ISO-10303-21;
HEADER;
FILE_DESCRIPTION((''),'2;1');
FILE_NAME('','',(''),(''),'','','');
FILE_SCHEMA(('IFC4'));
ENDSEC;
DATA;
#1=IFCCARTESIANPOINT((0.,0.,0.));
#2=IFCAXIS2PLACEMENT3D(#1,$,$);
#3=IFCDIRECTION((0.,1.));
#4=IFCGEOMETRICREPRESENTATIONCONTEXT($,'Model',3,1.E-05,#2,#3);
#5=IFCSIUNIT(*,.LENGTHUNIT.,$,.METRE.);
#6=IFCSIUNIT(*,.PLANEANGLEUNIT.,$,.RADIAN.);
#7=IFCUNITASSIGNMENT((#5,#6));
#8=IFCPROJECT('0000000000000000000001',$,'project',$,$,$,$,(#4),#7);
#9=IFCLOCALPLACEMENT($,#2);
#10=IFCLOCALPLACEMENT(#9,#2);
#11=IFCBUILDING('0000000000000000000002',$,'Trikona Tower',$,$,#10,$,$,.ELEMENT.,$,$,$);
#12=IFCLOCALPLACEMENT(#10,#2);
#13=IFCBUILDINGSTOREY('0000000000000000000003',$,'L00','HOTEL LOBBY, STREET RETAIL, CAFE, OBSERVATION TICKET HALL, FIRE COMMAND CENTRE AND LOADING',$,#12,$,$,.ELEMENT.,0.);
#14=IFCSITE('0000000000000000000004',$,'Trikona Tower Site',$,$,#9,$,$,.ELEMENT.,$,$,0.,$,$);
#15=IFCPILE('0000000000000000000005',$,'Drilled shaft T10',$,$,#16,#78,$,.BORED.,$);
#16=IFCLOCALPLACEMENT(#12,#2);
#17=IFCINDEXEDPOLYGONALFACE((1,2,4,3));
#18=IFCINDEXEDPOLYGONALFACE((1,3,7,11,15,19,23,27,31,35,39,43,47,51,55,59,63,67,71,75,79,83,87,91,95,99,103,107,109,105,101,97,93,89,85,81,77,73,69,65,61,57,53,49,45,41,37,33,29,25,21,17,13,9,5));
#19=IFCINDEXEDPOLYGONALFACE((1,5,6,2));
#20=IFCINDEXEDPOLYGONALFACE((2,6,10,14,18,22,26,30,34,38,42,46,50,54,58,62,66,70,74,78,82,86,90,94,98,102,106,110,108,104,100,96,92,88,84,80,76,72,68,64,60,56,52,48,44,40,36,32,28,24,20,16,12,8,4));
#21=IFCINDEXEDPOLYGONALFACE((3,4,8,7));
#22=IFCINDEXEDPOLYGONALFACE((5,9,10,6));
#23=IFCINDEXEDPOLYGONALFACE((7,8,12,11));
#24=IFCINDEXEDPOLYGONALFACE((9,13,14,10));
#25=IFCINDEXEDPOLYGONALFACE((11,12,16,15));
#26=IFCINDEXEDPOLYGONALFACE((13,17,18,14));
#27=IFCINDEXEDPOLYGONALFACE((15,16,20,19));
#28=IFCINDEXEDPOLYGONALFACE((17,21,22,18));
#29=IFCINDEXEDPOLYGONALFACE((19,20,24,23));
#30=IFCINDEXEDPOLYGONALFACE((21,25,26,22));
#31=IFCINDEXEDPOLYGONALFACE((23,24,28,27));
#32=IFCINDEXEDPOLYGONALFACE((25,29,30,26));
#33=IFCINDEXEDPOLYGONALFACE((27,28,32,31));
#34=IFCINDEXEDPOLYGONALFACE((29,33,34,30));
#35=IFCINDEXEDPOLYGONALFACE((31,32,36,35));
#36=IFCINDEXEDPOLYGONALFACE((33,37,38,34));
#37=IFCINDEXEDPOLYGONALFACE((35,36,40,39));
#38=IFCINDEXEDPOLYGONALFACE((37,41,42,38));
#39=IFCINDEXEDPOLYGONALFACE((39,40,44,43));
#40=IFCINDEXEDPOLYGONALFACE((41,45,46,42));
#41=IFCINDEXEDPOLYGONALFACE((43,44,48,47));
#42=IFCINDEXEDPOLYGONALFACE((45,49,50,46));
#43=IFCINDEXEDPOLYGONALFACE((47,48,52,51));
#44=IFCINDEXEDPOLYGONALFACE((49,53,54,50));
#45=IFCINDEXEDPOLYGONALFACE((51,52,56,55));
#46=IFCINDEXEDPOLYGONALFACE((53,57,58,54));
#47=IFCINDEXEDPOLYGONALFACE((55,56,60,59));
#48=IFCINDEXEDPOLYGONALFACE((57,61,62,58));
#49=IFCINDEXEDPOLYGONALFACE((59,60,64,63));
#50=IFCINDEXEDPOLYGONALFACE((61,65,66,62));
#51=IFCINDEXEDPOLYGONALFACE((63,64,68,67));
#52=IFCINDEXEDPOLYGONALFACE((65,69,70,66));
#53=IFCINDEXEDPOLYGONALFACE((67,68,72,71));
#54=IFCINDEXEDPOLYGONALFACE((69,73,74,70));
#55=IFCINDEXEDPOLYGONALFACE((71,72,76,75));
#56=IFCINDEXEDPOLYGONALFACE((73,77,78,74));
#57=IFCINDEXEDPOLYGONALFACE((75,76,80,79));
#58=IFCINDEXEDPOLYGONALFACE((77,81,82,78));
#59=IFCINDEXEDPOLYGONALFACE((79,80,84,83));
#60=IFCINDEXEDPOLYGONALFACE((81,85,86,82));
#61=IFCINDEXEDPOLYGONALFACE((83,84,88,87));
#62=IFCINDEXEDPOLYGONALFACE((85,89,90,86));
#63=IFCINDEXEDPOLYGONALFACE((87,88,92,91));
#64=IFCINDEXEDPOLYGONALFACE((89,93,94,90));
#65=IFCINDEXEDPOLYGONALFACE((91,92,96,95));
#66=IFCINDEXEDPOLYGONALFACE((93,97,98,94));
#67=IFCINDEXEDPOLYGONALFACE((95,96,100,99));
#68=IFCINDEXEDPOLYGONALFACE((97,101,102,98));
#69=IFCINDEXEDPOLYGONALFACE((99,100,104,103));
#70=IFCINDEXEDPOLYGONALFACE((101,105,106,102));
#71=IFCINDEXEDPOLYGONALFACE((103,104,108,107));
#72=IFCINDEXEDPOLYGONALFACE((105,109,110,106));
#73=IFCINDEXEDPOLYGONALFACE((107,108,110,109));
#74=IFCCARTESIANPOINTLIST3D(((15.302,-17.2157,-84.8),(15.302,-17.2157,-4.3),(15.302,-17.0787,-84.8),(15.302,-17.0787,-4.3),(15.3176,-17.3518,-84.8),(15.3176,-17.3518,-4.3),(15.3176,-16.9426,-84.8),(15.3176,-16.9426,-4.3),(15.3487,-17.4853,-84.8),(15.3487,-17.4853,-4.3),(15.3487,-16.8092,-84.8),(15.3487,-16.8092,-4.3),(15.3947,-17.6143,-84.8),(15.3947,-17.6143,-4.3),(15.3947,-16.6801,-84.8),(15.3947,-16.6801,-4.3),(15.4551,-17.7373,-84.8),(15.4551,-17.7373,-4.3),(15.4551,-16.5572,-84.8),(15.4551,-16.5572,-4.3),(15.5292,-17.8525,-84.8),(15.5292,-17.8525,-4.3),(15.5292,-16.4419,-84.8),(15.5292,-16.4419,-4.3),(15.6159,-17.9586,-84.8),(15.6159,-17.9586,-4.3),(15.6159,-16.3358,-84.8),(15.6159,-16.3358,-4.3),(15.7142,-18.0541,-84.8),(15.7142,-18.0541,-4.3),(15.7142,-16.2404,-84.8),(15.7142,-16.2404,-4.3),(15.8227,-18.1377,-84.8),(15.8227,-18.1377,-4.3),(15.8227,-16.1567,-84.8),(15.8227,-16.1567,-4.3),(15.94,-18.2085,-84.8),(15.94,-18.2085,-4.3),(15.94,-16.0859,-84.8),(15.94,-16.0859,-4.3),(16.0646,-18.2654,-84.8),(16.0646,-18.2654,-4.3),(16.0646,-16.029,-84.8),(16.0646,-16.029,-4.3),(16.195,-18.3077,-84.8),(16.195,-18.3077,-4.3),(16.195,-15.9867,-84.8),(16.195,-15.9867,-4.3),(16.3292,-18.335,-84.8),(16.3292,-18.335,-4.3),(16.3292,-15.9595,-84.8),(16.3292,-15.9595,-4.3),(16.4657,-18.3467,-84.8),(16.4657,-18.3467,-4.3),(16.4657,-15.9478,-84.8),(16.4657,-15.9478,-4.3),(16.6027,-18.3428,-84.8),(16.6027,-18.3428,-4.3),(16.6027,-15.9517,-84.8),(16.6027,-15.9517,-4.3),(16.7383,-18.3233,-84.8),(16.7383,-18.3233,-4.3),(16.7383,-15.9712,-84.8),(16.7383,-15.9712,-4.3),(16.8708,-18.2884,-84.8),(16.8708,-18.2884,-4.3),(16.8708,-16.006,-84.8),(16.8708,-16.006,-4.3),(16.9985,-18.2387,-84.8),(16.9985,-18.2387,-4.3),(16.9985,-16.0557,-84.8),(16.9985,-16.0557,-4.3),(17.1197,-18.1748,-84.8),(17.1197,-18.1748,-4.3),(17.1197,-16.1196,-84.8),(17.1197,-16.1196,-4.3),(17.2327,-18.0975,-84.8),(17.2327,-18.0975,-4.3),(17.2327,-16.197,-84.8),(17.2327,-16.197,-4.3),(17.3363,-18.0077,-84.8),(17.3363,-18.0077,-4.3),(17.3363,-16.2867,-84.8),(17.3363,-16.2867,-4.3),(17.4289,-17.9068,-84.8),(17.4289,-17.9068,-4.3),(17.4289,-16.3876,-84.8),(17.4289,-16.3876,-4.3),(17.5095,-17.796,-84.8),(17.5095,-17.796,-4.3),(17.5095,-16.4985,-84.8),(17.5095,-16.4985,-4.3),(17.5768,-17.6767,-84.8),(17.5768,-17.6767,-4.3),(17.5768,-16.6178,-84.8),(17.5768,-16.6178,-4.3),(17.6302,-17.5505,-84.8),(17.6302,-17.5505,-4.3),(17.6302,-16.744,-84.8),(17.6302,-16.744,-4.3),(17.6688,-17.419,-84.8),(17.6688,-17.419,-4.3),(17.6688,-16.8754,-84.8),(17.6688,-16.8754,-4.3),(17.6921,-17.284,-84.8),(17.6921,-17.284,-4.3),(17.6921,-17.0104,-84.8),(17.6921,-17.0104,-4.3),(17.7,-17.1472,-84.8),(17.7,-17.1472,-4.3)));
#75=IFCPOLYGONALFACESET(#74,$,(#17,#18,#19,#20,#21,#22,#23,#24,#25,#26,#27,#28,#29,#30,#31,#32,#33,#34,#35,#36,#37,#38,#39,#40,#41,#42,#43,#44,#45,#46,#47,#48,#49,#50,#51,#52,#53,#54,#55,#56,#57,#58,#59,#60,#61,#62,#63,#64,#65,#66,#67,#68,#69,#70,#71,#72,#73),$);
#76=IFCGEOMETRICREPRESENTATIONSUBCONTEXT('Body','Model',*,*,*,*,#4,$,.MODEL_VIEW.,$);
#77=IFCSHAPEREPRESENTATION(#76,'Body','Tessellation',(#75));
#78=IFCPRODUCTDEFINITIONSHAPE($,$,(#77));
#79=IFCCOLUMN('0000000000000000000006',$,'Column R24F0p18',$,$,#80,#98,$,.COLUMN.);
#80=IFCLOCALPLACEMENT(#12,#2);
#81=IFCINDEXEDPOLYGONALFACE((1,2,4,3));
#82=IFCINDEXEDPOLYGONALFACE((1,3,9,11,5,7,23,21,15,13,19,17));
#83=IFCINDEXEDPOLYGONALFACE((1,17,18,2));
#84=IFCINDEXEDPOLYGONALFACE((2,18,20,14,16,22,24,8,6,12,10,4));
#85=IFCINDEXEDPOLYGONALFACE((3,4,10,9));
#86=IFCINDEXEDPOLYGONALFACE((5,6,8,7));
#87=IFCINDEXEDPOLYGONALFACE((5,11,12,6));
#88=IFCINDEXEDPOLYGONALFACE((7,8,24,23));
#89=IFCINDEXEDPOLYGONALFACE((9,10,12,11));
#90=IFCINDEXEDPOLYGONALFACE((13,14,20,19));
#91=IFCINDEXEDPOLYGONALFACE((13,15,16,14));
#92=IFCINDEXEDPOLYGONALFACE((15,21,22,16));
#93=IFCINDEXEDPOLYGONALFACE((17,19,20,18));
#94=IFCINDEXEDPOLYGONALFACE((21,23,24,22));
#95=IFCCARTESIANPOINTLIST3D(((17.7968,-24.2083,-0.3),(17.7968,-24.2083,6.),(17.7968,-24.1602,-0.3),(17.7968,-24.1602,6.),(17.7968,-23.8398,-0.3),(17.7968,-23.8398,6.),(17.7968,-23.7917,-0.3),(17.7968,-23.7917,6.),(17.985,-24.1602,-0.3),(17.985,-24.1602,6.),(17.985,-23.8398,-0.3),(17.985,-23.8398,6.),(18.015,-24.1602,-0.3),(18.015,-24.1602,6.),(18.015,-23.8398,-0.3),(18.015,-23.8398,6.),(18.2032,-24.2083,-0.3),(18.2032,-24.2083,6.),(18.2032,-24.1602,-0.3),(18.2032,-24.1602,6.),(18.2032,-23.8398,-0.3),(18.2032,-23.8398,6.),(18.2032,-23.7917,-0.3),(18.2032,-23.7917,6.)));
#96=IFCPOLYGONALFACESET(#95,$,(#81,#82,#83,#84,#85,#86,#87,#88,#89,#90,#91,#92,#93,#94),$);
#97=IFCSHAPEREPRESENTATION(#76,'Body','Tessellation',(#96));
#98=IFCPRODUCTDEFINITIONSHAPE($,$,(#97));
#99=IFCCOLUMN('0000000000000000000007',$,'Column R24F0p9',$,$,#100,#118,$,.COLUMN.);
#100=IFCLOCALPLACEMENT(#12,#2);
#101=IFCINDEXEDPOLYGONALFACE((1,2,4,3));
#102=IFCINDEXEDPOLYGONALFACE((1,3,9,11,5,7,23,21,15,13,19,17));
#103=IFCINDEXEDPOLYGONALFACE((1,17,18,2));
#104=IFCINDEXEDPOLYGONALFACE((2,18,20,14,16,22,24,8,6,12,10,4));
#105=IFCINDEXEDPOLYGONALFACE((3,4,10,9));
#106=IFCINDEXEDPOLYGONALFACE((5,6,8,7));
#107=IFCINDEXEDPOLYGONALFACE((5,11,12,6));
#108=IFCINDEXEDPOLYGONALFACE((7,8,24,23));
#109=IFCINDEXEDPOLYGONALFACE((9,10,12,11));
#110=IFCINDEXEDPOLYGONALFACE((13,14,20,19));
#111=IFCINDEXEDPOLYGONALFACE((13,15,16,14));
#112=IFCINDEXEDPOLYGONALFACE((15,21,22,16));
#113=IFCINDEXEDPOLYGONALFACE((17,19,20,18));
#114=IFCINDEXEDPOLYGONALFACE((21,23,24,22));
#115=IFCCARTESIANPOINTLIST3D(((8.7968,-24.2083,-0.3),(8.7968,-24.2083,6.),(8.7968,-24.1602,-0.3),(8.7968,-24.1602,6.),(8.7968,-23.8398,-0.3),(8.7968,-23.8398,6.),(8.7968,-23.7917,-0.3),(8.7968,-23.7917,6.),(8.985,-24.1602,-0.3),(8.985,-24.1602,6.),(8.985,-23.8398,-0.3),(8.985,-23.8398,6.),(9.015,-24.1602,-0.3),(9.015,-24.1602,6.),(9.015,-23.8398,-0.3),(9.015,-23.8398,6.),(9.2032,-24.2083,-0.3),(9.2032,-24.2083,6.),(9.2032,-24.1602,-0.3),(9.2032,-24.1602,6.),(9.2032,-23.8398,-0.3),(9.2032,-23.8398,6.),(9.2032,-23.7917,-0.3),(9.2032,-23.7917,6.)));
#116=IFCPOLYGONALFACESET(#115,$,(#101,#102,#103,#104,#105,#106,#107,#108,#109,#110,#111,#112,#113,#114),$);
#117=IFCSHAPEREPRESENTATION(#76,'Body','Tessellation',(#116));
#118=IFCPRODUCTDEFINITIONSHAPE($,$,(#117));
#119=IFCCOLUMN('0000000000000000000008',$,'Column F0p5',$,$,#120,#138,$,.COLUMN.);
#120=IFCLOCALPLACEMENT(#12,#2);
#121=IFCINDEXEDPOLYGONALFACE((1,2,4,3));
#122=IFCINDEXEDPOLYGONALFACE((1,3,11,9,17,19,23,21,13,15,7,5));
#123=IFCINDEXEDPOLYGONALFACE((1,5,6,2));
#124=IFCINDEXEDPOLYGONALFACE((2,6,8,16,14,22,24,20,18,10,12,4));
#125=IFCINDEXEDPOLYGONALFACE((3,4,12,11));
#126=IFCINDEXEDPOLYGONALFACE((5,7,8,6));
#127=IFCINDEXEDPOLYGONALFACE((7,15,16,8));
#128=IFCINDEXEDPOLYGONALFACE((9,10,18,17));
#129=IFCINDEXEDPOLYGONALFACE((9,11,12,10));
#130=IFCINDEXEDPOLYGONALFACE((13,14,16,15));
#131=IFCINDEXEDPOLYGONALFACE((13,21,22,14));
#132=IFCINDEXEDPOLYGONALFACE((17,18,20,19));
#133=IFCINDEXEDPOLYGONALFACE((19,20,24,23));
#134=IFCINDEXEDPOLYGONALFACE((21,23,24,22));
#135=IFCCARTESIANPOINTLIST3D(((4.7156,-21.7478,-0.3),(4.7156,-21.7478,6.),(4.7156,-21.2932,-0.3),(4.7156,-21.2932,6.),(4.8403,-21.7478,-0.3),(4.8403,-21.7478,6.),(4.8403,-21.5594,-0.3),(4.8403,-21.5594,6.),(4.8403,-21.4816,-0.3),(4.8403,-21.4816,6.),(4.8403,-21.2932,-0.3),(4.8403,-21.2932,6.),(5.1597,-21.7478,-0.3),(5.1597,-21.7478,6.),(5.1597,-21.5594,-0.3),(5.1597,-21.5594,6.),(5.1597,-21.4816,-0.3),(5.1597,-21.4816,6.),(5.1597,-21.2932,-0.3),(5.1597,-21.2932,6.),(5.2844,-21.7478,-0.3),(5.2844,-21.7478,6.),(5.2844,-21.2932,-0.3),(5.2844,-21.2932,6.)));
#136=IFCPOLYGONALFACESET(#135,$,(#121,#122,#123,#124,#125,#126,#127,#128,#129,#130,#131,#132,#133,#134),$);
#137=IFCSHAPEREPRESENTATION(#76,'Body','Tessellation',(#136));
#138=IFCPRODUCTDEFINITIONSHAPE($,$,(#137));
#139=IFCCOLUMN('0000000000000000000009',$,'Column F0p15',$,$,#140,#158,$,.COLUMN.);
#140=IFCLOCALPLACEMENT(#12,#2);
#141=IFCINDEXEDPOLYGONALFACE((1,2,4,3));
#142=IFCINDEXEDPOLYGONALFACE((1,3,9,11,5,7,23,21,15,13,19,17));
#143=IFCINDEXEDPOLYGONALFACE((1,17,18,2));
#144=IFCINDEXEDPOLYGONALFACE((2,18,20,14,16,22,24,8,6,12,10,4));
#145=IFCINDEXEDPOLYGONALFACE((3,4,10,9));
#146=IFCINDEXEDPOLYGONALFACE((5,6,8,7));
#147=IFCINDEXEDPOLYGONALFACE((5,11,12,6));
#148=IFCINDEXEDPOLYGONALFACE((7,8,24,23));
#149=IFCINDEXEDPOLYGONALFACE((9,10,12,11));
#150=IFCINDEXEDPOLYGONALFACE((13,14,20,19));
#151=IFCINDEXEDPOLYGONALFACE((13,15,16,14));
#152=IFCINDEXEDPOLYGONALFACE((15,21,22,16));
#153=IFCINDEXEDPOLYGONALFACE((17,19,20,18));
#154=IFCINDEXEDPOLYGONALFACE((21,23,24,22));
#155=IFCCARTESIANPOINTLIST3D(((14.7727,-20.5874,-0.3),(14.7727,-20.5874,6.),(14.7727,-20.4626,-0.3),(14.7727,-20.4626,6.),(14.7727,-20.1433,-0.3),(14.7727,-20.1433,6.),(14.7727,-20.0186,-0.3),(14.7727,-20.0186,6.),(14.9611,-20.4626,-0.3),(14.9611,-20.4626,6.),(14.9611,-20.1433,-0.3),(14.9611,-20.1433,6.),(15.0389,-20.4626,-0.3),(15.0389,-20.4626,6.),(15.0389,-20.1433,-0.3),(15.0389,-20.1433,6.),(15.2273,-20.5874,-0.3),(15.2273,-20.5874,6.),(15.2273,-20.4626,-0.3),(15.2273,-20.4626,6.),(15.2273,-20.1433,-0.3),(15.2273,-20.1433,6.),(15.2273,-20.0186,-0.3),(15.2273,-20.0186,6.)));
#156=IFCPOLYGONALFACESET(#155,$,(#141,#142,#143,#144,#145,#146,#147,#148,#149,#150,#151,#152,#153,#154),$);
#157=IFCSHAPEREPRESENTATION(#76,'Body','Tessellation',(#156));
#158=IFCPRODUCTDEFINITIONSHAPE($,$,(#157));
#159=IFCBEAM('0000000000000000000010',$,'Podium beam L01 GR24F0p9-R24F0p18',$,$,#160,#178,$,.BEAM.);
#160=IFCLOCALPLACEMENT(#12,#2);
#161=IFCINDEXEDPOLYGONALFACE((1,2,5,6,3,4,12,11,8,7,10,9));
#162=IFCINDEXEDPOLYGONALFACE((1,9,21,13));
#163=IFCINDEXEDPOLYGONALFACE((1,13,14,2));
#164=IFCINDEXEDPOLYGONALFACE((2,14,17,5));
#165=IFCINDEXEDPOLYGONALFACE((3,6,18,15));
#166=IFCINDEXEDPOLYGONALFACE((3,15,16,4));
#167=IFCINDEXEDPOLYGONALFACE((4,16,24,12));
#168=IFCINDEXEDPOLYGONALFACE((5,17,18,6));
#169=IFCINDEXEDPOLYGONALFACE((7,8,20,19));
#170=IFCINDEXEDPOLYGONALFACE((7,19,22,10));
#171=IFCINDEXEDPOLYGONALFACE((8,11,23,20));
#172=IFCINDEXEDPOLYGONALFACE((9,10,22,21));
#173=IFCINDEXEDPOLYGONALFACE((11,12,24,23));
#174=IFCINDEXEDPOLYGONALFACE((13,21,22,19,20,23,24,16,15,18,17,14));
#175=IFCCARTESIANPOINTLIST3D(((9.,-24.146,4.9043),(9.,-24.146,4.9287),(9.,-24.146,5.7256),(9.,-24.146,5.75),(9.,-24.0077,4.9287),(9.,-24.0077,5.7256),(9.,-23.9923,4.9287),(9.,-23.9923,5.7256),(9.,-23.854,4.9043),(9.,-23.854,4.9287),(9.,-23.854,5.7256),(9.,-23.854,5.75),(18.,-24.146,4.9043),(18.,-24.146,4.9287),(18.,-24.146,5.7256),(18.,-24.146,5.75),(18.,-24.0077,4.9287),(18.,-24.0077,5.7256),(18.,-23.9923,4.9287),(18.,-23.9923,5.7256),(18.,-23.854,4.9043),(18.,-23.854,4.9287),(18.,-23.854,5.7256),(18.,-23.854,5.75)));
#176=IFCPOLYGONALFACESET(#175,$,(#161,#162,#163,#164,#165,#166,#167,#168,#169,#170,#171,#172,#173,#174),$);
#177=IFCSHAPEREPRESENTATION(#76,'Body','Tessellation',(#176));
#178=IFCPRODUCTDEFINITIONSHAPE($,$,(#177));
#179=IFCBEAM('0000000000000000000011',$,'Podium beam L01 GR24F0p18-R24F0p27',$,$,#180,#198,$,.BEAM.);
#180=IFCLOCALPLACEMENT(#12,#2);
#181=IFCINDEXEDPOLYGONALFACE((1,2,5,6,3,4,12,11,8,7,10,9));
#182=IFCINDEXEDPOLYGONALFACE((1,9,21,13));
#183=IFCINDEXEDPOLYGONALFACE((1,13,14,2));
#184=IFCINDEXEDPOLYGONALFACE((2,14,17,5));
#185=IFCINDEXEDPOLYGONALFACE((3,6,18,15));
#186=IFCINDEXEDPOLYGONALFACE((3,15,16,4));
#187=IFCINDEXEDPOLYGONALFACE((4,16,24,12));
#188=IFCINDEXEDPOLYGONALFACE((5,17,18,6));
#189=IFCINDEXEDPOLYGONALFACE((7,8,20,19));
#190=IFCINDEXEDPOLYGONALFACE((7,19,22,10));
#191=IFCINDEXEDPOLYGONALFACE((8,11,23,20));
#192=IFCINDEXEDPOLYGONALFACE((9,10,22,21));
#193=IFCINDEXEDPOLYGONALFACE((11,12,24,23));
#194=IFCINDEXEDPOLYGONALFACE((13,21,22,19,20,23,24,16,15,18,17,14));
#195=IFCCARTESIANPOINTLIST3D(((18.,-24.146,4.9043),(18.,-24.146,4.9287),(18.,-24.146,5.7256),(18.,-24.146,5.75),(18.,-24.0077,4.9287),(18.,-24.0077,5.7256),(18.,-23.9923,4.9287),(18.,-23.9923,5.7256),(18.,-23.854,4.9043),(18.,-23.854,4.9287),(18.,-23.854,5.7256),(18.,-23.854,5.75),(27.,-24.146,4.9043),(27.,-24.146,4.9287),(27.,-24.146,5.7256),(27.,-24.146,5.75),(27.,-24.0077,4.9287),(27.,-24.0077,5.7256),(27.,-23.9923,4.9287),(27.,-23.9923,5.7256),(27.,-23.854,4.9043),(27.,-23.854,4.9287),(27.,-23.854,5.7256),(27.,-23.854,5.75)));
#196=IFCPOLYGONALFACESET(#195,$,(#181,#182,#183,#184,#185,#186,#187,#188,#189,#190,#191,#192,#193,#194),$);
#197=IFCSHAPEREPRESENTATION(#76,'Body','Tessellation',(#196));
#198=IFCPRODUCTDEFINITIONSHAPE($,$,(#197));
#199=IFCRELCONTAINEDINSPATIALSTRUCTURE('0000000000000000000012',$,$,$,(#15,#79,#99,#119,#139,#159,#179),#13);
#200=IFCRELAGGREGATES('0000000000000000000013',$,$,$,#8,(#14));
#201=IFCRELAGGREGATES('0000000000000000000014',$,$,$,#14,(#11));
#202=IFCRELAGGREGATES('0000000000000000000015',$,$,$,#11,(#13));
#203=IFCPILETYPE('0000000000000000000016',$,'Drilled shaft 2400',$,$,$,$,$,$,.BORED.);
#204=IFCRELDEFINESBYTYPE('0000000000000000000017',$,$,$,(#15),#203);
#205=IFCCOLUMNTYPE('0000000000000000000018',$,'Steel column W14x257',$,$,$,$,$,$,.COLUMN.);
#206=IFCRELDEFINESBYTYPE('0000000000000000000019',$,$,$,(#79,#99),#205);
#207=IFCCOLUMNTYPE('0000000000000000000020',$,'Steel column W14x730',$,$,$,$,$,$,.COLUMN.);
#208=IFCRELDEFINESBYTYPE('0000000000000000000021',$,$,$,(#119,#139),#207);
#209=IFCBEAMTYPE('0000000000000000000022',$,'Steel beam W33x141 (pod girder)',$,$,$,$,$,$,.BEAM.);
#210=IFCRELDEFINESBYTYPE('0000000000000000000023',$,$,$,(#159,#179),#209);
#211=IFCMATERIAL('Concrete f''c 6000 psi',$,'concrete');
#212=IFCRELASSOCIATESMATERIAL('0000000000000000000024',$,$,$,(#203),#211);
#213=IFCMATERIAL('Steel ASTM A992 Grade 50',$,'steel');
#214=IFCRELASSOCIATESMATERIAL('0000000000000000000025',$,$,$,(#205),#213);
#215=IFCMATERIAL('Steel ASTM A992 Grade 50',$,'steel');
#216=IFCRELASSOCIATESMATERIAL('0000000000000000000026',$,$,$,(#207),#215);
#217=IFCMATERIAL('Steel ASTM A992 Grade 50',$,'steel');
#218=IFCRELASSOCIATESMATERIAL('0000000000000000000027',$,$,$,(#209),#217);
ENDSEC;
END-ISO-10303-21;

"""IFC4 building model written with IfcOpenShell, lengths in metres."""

from ifc_helpers import new_model, si_unit, direction, frame, origin, origin_2d, place, context, subcontext, project, spatial, circle, i_section, extrude, material, material_profile, profile_set, type_object, element, save


model = new_model("IFC4")

# Units and contexts
model_context = context("Model", 3, precision=1e-05, world=origin(), true_north=direction((0.0, 1.0)))
body_context = subcontext(model_context, "Body", "Model", "MODEL_VIEW")
ifc_project = project(units=[si_unit("LENGTHUNIT", "METRE"), si_unit("PLANEANGLEUNIT", "RADIAN")], contexts=[model_context])

# Site, building, storey
site_placement = place(None, origin())
site = spatial("IfcSite", under=ifc_project, at=site_placement, Name="Trikona Tower Site", CompositionType="ELEMENT", RefElevation=0.0)
building_placement = place(site_placement, origin())
building = spatial("IfcBuilding", under=site, at=building_placement, Name="Trikona Tower", CompositionType="ELEMENT")
storey_placement = place(building_placement, origin())
storey = spatial("IfcBuildingStorey", under=building, at=storey_placement, Name="L00", Description="HOTEL LOBBY, STREET RETAIL, CAFE, OBSERVATION TICKET HALL, FIRE COMMAND CENTRE AND LOADING", CompositionType="ELEMENT", Elevation=0.0)

# Pile
ifc_material_1 = material(Name="Concrete f'c 6000 psi", Category="concrete")
pile_type = type_object("IfcPileType", Name="Drilled shaft 2400", PredefinedType="BORED", material=ifc_material_1)
for number, where, z_axis, x_axis, name in (
    (1, (16.5, -17.1472, -4.3), (0.0, 0.0, -1.0), (1.0, 0.0, 0.0), "Drilled shaft T10"),
):
    element("IfcPile", number, at=place(storey_placement, frame(where, z_axis=z_axis, x_axis=x_axis)), inside=storey, type_object=pile_type, Name=name, PredefinedType="BORED", context=body_context, shape_type="SweptSolid", body=[
        extrude(circle(Radius=1.2, at=origin_2d()), origin(), (0.0, 0.0, 1.0), 80.5),
    ])

# Columns
ifc_material_2 = material(Name="Steel ASTM A992 Grade 50", Category="steel")
ifc_material_profile_1 = material_profile(ifc_material_2, i_section(OverallWidth=0.4065, OverallDepth=0.4165, WebThickness=0.03, FlangeThickness=0.0481, at=origin_2d()), Name="W14X257")
ifc_profile_set_1 = profile_set([ifc_material_profile_1], Name="Steel ASTM A992 Grade 50")
column_type_1 = type_object("IfcColumnType", Name="Steel column W14x257", PredefinedType="COLUMN", material=ifc_profile_set_1)
for number, where, z_axis, x_axis, name in (
    (2, (18.0, -24.0, -0.3), (0.0, 0.0, 1.0), (1.0, 0.0, 0.0), "Column R24F0p18"),
    (3, (9.0, -24.0, -0.3), (0.0, 0.0, 1.0), (1.0, 0.0, 0.0), "Column R24F0p9"),
):
    element("IfcColumn", number, at=place(storey_placement, frame(where, z_axis=z_axis, x_axis=x_axis)), inside=storey, type_object=column_type_1, Name=name, PredefinedType="COLUMN", context=body_context, shape_type="SweptSolid", body=[
        extrude(i_section(OverallWidth=0.4065, OverallDepth=0.4165, WebThickness=0.03, FlangeThickness=0.0481, at=origin_2d()), origin(), (0.0, 0.0, 1.0), 6.3),
    ])
ifc_material_3 = material(Name="Steel ASTM A992 Grade 50", Category="steel")
ifc_material_profile_2 = material_profile(ifc_material_3, i_section(OverallWidth=0.4546, OverallDepth=0.5688, WebThickness=0.0779, FlangeThickness=0.1248, at=origin_2d()), Name="W14X730")
ifc_profile_set_2 = profile_set([ifc_material_profile_2], Name="Steel ASTM A992 Grade 50")
column_type_2 = type_object("IfcColumnType", Name="Steel column W14x730", PredefinedType="COLUMN", material=ifc_profile_set_2)
for number, where, z_axis, x_axis, name in (
    (4, (5.0, -21.5205, -0.3), (0.0, 0.0, 1.0), (0.0, -1.0, 0.0), "Column F0p5"),
    (5, (15.0, -20.303, -0.3), (0.0, 0.0, 1.0), (1.0, 0.0, 0.0), "Column F0p15"),
):
    element("IfcColumn", number, at=place(storey_placement, frame(where, z_axis=z_axis, x_axis=x_axis)), inside=storey, type_object=column_type_2, Name=name, PredefinedType="COLUMN", context=body_context, shape_type="SweptSolid", body=[
        extrude(i_section(OverallWidth=0.4546, OverallDepth=0.5688, WebThickness=0.0779, FlangeThickness=0.1248, at=origin_2d()), origin(), (0.0, 0.0, 1.0), 6.3),
    ])

# Beams
ifc_material_4 = material(Name="Steel ASTM A992 Grade 50", Category="steel")
ifc_material_profile_3 = material_profile(ifc_material_4, i_section(OverallWidth=0.292, OverallDepth=0.8457, WebThickness=0.0154, FlangeThickness=0.0244, at=origin_2d()), Name="W33X141")
ifc_profile_set_3 = profile_set([ifc_material_profile_3], Name="Steel ASTM A992 Grade 50")
beam_type_1 = type_object("IfcBeamType", Name="Steel beam W33x141 (pod girder)", PredefinedType="BEAM", material=ifc_profile_set_3)
for number, where, z_axis, x_axis, name in (
    (6, (9.0, -24.0, 5.3271), (1.0, 0.0, 0.0), (0.0, 1.0, 0.0), "Podium beam L01 GR24F0p9-R24F0p18"),
    (7, (18.0, -24.0, 5.3271), (1.0, 0.0, 0.0), (0.0, 1.0, 0.0), "Podium beam L01 GR24F0p18-R24F0p27"),
):
    element("IfcBeam", number, at=place(storey_placement, frame(where, z_axis=z_axis, x_axis=x_axis)), inside=storey, type_object=beam_type_1, Name=name, PredefinedType="BEAM", context=body_context, shape_type="SweptSolid", body=[
        extrude(i_section(OverallWidth=0.292, OverallDepth=0.8457, WebThickness=0.0154, FlangeThickness=0.0244, at=origin_2d()), origin(), (0.0, 0.0, 1.0), 9.0),
    ])

save(model, "model.ifc")
